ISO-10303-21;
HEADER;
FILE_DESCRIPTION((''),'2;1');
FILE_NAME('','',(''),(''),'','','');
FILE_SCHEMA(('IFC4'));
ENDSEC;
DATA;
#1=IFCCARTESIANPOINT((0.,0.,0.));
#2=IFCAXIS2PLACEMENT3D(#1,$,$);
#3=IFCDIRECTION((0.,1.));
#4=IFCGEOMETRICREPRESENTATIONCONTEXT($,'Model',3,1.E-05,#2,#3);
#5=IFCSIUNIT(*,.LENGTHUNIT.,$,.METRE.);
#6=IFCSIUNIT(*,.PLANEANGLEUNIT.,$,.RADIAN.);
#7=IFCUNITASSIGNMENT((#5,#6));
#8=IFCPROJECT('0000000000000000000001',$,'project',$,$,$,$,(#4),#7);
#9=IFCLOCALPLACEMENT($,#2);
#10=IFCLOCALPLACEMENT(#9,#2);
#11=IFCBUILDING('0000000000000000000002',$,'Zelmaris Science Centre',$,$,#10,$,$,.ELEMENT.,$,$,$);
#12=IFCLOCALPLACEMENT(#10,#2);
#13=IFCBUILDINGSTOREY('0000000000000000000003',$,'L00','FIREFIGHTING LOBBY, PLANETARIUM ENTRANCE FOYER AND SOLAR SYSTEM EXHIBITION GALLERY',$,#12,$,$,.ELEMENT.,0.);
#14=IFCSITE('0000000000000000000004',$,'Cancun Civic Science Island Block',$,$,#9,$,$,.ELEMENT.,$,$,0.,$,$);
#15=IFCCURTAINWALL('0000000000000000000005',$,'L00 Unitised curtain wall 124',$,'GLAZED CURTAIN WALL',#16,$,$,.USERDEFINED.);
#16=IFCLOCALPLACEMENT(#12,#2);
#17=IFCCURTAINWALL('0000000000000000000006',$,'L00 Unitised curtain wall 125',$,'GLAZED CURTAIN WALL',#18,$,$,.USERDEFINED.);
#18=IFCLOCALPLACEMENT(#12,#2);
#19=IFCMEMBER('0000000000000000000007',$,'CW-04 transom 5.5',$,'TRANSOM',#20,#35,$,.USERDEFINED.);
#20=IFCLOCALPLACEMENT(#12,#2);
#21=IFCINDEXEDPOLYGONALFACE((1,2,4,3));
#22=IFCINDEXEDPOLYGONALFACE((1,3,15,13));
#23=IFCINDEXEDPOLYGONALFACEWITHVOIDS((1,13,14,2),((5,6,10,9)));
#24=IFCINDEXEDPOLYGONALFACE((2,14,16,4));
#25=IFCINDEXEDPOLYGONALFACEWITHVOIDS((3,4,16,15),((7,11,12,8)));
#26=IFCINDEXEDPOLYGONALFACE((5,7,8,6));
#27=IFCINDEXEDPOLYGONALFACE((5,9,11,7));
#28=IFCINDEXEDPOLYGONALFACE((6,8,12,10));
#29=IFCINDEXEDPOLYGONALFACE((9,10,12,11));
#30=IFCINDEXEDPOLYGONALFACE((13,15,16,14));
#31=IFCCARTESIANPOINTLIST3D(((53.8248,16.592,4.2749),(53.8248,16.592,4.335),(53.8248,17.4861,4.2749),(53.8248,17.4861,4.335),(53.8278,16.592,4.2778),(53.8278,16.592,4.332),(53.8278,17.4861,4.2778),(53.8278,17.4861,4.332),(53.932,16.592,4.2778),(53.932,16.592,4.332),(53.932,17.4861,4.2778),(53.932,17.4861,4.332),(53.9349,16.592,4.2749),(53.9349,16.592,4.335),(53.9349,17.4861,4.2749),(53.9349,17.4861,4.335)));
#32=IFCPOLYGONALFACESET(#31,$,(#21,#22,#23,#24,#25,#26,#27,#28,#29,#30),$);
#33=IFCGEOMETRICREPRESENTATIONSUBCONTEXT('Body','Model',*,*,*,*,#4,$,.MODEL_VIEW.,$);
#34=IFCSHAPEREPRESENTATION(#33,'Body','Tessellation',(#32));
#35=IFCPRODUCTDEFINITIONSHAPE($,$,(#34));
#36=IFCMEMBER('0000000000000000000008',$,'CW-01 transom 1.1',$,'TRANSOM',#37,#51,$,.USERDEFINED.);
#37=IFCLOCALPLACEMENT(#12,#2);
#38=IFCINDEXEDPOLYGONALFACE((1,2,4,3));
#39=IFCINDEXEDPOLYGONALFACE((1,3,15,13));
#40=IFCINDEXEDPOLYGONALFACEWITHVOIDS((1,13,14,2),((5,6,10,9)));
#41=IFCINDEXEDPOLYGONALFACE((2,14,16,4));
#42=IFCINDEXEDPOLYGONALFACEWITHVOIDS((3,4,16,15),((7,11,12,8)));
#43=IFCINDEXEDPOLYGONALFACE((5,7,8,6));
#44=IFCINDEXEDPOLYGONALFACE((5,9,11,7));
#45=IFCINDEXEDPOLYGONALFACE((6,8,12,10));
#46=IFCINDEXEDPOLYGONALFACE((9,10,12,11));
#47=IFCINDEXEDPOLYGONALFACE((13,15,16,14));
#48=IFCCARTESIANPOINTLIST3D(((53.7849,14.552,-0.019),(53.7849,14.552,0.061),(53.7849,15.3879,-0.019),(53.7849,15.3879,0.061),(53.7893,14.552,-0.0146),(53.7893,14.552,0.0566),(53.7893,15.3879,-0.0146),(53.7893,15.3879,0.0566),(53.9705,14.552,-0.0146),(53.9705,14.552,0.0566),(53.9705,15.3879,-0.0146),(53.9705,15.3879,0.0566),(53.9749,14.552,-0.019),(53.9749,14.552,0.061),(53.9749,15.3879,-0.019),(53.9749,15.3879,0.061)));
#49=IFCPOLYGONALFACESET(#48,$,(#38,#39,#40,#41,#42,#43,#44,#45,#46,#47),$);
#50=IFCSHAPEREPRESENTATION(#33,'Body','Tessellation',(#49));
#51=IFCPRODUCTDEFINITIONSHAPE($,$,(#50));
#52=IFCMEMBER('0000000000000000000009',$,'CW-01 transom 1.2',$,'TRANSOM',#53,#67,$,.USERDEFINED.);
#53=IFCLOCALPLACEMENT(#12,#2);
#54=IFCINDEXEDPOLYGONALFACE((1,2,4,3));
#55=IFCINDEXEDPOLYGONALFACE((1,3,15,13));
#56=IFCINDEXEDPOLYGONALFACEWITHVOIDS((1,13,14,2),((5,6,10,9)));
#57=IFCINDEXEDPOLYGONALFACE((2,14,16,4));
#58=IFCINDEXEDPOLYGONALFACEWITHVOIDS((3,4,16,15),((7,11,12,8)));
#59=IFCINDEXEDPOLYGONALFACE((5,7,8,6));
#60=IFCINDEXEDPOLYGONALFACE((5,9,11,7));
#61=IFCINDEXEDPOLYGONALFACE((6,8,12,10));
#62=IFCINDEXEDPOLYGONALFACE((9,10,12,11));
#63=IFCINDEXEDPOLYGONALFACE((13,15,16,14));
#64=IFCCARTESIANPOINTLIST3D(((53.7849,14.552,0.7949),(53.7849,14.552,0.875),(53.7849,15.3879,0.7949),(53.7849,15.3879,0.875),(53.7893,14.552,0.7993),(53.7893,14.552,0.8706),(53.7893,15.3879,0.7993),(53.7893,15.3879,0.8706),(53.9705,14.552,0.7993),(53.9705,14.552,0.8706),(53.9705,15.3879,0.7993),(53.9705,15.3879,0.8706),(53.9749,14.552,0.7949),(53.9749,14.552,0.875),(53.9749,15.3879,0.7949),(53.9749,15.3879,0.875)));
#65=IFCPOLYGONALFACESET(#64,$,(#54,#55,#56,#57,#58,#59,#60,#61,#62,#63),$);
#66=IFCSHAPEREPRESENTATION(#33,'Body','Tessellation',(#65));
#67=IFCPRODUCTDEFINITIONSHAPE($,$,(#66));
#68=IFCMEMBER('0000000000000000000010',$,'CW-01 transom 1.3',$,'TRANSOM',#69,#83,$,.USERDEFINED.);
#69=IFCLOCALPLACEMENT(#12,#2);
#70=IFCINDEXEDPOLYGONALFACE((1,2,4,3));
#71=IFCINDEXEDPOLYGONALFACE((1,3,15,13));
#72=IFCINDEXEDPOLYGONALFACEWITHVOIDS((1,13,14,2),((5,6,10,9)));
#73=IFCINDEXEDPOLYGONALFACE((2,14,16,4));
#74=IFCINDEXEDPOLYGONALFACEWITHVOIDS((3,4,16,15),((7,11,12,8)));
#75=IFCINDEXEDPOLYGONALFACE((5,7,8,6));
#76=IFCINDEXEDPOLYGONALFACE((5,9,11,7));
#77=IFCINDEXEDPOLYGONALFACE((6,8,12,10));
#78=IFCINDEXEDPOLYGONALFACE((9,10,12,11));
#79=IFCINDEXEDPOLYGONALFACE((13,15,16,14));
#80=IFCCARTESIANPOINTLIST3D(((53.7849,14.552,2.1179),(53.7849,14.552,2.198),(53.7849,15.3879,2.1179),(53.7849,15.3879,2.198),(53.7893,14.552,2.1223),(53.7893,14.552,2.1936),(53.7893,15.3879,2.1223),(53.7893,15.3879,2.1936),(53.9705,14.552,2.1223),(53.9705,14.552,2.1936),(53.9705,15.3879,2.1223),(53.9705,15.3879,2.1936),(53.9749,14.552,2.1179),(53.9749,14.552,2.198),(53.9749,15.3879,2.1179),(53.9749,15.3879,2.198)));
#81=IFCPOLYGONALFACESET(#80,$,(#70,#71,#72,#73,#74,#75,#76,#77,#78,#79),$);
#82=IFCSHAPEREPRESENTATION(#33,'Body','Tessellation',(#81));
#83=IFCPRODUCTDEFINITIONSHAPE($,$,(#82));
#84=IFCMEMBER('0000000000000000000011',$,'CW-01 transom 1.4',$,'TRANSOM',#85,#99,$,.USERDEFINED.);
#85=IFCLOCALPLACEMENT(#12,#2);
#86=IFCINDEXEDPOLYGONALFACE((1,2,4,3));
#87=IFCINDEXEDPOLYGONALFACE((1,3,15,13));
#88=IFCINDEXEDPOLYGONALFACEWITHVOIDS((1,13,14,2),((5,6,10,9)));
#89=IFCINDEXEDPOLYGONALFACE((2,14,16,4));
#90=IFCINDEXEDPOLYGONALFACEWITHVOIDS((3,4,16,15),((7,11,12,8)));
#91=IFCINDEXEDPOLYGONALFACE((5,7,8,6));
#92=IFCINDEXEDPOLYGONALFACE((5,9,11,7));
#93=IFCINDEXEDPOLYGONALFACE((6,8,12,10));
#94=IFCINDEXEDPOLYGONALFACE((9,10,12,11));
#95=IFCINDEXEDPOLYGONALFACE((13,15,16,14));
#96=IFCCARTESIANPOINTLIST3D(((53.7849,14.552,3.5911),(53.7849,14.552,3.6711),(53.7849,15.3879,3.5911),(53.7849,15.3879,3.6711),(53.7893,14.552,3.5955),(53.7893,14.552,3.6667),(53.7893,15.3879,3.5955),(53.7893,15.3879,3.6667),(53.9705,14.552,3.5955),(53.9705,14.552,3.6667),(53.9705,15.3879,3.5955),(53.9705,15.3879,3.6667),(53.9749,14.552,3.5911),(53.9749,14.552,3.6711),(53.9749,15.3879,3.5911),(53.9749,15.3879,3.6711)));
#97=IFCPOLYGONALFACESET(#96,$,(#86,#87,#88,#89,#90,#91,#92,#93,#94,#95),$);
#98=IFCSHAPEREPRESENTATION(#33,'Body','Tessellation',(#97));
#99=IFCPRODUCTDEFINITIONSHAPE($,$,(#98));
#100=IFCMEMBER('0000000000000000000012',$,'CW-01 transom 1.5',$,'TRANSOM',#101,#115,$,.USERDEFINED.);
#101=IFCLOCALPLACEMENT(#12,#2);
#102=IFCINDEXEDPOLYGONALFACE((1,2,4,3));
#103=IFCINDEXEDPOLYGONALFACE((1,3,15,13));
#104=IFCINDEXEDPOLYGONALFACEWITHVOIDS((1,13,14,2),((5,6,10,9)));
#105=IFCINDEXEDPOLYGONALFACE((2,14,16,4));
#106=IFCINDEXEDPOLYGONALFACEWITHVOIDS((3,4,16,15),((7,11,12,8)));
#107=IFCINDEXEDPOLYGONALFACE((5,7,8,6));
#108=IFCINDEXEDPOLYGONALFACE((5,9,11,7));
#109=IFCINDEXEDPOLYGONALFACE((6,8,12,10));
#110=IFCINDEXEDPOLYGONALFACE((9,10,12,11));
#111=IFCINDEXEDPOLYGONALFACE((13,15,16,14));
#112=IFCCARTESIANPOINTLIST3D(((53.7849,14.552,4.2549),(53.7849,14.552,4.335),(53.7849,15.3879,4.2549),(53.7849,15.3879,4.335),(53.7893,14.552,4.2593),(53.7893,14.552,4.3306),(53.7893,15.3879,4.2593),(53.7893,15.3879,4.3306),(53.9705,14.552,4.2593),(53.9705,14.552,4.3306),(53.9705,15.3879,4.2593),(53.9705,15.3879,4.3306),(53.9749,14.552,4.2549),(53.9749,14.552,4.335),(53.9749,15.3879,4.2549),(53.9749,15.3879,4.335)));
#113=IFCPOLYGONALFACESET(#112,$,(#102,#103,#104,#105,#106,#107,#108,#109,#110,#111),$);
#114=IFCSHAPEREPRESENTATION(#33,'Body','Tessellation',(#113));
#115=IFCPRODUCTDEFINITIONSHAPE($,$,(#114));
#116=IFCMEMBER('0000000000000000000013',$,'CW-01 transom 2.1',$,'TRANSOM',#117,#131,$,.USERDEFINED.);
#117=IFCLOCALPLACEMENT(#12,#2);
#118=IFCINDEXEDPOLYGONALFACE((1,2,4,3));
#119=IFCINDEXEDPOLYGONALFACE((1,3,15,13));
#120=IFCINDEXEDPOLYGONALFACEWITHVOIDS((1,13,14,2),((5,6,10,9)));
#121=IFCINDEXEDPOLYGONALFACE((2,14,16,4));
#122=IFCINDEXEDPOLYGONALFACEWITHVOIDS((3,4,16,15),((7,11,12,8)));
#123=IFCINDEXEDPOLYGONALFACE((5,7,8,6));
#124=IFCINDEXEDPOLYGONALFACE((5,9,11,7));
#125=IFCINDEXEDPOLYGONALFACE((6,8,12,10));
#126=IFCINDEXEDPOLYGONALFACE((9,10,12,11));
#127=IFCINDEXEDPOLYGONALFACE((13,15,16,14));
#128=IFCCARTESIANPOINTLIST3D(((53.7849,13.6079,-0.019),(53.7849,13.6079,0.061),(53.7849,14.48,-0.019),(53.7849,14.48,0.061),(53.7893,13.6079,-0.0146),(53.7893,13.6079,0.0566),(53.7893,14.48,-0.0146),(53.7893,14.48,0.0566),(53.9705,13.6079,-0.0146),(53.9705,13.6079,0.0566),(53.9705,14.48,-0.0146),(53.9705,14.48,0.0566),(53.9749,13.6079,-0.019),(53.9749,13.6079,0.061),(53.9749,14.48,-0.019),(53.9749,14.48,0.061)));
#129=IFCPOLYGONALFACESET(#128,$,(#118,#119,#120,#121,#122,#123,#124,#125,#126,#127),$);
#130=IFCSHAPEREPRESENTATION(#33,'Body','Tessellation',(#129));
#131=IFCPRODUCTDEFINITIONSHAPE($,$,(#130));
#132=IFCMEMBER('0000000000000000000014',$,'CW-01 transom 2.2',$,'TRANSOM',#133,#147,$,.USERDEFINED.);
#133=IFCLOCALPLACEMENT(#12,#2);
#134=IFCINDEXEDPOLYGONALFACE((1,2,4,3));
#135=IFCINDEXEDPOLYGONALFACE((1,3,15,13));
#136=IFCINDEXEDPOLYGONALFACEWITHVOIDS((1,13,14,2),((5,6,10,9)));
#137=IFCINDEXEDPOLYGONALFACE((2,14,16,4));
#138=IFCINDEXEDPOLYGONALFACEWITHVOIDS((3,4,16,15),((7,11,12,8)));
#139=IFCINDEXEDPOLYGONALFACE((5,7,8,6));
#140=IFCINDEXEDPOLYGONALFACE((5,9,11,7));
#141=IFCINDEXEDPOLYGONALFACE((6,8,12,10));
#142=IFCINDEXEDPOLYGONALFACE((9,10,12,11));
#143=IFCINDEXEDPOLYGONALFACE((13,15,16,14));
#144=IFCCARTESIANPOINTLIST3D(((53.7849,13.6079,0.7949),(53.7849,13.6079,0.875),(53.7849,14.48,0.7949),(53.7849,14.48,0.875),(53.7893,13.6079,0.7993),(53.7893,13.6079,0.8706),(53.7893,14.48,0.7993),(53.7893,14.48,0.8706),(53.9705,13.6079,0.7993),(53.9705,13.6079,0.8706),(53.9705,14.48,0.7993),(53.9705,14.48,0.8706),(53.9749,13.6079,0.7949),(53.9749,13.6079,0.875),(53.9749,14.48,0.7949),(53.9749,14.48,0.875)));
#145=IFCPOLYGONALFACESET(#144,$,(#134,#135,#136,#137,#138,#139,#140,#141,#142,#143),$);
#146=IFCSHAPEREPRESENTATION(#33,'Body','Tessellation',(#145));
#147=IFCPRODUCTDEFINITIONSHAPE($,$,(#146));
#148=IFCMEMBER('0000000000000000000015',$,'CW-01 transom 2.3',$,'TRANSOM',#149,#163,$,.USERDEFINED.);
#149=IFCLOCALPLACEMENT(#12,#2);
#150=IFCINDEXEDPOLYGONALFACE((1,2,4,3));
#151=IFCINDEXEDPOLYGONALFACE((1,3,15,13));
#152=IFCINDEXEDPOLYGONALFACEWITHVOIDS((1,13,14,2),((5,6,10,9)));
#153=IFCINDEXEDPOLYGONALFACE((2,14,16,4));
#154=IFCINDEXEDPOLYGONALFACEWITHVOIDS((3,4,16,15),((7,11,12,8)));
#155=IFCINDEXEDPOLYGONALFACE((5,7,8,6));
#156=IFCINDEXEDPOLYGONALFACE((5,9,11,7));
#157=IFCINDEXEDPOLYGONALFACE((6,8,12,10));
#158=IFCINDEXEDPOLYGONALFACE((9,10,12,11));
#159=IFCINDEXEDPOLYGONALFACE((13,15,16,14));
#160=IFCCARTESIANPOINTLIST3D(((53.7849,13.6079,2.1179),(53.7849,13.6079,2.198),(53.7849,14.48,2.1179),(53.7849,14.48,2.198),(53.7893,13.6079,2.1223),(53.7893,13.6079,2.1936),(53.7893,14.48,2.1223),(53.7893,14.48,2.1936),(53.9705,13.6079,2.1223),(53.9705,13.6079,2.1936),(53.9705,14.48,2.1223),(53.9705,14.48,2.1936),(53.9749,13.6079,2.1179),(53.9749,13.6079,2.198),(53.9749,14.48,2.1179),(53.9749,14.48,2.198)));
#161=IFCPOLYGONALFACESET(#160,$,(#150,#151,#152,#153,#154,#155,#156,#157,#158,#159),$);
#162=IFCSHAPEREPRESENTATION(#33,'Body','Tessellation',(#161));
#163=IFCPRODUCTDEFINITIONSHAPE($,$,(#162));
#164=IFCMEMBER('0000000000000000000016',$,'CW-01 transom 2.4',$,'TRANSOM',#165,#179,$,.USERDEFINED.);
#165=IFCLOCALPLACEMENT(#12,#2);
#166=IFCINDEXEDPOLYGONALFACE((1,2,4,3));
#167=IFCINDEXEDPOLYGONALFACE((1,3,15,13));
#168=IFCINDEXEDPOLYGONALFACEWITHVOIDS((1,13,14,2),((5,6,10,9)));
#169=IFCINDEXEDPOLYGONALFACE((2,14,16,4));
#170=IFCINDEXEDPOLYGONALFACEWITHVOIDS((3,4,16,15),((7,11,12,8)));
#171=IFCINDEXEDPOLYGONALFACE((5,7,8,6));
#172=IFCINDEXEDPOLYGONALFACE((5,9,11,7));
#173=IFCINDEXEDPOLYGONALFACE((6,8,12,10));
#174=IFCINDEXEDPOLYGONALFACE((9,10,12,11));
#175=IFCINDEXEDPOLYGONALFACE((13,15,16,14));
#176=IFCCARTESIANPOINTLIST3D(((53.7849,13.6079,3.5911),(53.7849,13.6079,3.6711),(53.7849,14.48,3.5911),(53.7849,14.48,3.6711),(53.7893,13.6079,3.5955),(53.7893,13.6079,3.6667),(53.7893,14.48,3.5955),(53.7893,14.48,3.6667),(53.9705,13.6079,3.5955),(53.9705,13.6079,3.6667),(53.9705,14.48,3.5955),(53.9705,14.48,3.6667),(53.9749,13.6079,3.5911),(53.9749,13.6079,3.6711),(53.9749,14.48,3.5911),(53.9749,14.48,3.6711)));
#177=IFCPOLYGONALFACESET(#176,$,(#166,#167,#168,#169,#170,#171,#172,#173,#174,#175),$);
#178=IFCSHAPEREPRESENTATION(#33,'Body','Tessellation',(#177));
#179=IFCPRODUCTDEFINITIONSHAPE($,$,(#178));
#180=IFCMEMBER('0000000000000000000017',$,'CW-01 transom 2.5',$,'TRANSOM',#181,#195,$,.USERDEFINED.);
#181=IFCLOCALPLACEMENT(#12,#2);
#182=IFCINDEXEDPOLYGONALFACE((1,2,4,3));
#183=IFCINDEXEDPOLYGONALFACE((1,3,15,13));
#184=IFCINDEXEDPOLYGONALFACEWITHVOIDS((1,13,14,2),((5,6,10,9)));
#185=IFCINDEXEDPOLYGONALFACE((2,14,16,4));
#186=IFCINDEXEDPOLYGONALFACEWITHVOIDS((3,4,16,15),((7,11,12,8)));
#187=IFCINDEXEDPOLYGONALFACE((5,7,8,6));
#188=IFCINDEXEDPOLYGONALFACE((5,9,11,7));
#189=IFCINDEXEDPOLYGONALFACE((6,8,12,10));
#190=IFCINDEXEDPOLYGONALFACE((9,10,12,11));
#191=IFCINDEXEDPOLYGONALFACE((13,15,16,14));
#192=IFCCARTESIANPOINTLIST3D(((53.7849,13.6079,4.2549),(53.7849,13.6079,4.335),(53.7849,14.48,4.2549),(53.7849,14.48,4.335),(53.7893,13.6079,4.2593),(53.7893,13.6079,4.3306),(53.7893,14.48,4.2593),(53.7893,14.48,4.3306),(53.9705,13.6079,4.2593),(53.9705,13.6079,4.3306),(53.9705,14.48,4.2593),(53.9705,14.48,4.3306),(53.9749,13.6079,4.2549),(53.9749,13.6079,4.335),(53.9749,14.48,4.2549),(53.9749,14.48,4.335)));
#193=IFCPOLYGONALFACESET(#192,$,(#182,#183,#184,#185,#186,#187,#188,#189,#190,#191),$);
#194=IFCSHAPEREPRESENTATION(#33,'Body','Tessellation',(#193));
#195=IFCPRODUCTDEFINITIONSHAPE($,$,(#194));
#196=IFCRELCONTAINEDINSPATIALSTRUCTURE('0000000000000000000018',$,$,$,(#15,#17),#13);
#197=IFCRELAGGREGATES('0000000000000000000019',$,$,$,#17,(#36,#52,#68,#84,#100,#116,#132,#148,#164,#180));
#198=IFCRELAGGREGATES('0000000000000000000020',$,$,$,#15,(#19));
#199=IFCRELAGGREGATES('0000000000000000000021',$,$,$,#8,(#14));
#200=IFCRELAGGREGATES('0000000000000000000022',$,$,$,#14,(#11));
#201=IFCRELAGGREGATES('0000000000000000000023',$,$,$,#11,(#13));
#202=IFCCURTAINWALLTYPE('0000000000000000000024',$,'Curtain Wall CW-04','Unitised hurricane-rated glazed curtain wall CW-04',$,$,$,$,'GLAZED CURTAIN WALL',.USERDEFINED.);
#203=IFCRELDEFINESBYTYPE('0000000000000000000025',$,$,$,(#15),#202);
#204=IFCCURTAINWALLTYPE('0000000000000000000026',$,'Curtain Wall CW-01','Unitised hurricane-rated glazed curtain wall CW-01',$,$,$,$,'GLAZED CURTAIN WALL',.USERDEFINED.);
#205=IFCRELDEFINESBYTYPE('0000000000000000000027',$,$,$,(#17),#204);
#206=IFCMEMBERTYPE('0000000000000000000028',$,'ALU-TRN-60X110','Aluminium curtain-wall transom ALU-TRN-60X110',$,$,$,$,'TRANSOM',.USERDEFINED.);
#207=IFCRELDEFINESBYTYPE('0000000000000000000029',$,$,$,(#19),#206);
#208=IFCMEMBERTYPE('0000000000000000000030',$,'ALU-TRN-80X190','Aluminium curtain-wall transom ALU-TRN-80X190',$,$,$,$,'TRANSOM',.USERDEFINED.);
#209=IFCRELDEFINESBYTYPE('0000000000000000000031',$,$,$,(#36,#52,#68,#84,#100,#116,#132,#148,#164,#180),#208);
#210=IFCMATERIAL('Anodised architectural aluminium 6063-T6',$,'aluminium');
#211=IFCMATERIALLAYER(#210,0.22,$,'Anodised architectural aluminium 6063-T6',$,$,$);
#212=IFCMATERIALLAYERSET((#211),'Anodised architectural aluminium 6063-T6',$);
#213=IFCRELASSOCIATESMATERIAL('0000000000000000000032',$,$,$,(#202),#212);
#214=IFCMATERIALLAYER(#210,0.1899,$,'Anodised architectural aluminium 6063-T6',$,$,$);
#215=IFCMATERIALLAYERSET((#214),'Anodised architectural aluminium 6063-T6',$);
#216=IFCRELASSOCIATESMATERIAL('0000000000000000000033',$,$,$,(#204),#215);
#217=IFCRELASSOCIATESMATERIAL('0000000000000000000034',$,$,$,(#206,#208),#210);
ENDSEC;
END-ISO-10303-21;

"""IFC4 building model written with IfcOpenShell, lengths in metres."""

from ifc_helpers import new_model, si_unit, direction, frame, origin, origin_2d, place, context, subcontext, project, spatial, hollow_rectangle, extrude, material, layer, layer_set, material_profile, profile_set, type_object, element, aggregate, save


model = new_model("IFC4")

# Units and contexts
model_context = context("Model", 3, precision=1e-05, world=origin(), true_north=direction((0.0, 1.0)))
body_context = subcontext(model_context, "Body", "Model", "MODEL_VIEW")
ifc_project = project(units=[si_unit("LENGTHUNIT", "METRE"), si_unit("PLANEANGLEUNIT", "RADIAN")], contexts=[model_context])

# Site, building, storey
site_placement = place(None, origin())
site = spatial("IfcSite", under=ifc_project, at=site_placement, Name="Cancun Civic Science Island Block", CompositionType="ELEMENT", RefElevation=0.0)
building_placement = place(site_placement, origin())
building = spatial("IfcBuilding", under=site, at=building_placement, Name="Zelmaris Science Centre", CompositionType="ELEMENT")
storey_placement = place(building_placement, origin())
storey = spatial("IfcBuildingStorey", under=building, at=storey_placement, Name="L00", Description="FIREFIGHTING LOBBY, PLANETARIUM ENTRANCE FOYER AND SOLAR SYSTEM EXHIBITION GALLERY", CompositionType="ELEMENT", Elevation=0.0)

# Curtain wall
ifc_material_1 = material(Name="Anodised architectural aluminium 6063-T6", Category="aluminium")
ifc_layer_1 = layer(ifc_material_1, 0.22, Name="Anodised architectural aluminium 6063-T6")
ifc_layer_set_1 = layer_set([ifc_layer_1], Name="Anodised architectural aluminium 6063-T6")
curtain_wall_type_1 = type_object("IfcCurtainWallType", Name="Curtain Wall CW-04", Description="Unitised hurricane-rated glazed curtain wall CW-04", ElementType="GLAZED CURTAIN WALL", PredefinedType="USERDEFINED", material=ifc_layer_set_1)
curtain_wall_1_placement = place(storey_placement, origin())
curtain_wall_1 = element("IfcCurtainWall", 1, at=curtain_wall_1_placement, inside=storey, type_object=curtain_wall_type_1, Name="L00 Unitised curtain wall 124", ObjectType="GLAZED CURTAIN WALL", PredefinedType="USERDEFINED")

# Curtain wall
ifc_layer_2 = layer(ifc_material_1, 0.1899, Name="Anodised architectural aluminium 6063-T6")
ifc_layer_set_2 = layer_set([ifc_layer_2], Name="Anodised architectural aluminium 6063-T6")
curtain_wall_type_2 = type_object("IfcCurtainWallType", Name="Curtain Wall CW-01", Description="Unitised hurricane-rated glazed curtain wall CW-01", ElementType="GLAZED CURTAIN WALL", PredefinedType="USERDEFINED", material=ifc_layer_set_2)
curtain_wall_2_placement = place(storey_placement, origin())
curtain_wall_2 = element("IfcCurtainWall", 2, at=curtain_wall_2_placement, inside=storey, type_object=curtain_wall_type_2, Name="L00 Unitised curtain wall 125", ObjectType="GLAZED CURTAIN WALL", PredefinedType="USERDEFINED")

# Members
ifc_material_profile_1 = material_profile(ifc_material_1, hollow_rectangle(XDim=0.0601, YDim=0.1101, WallThickness=0.0029, at=origin_2d()), Name="ALU-TRN-60X110")
ifc_profile_set_1 = profile_set([ifc_material_profile_1], Name="Anodised architectural aluminium 6063-T6")
member_type_1 = type_object("IfcMemberType", Name="ALU-TRN-60X110", Description="Aluminium curtain-wall transom ALU-TRN-60X110", ElementType="TRANSOM", PredefinedType="USERDEFINED", material=ifc_profile_set_1)
member_1_placement = place(storey_placement, frame((53.8799, 17.4861, 4.3049), z_axis=(0.0, -1.0, 0.0), x_axis=(0.0, 0.0, 1.0)))
member_1 = element("IfcMember", 3, at=member_1_placement, type_object=member_type_1, Name="CW-04 transom 5.5", ObjectType="TRANSOM", PredefinedType="USERDEFINED", context=body_context, shape_type="SweptSolid", body=[
    extrude(hollow_rectangle(XDim=0.0601, YDim=0.1101, WallThickness=0.0029, at=origin_2d()), origin(), (0.0, 0.0, 1.0), 0.894),
])
ifc_material_profile_2 = material_profile(ifc_material_1, hollow_rectangle(XDim=0.0801, YDim=0.1899, WallThickness=0.0044, at=origin_2d()), Name="ALU-TRN-80X190")
ifc_profile_set_2 = profile_set([ifc_material_profile_2], Name="Anodised architectural aluminium 6063-T6")
member_type_2 = type_object("IfcMemberType", Name="ALU-TRN-80X190", Description="Aluminium curtain-wall transom ALU-TRN-80X190", ElementType="TRANSOM", PredefinedType="USERDEFINED", material=ifc_profile_set_2)
member_2_placement = place(storey_placement, frame((53.8799, 15.3879, 0.021), z_axis=(0.0, -1.0, 0.0), x_axis=(0.0, 0.0, 1.0)))
member_2 = element("IfcMember", 4, at=member_2_placement, type_object=member_type_2, Name="CW-01 transom 1.1", ObjectType="TRANSOM", PredefinedType="USERDEFINED", context=body_context, shape_type="SweptSolid", body=[
    extrude(hollow_rectangle(XDim=0.0801, YDim=0.1899, WallThickness=0.0044, at=origin_2d()), origin(), (0.0, 0.0, 1.0), 0.8359),
])
member_3_placement = place(storey_placement, frame((53.8799, 15.3879, 0.835), z_axis=(0.0, -1.0, 0.0), x_axis=(0.0, 0.0, 1.0)))
member_3 = element("IfcMember", 5, at=member_3_placement, type_object=member_type_2, Name="CW-01 transom 1.2", ObjectType="TRANSOM", PredefinedType="USERDEFINED", context=body_context, shape_type="SweptSolid", body=[
    extrude(hollow_rectangle(XDim=0.0801, YDim=0.1899, WallThickness=0.0044, at=origin_2d()), origin(), (0.0, 0.0, 1.0), 0.8359),
])
member_4_placement = place(storey_placement, frame((53.8799, 15.3879, 2.158), z_axis=(0.0, -1.0, 0.0), x_axis=(0.0, 0.0, 1.0)))
member_4 = element("IfcMember", 6, at=member_4_placement, type_object=member_type_2, Name="CW-01 transom 1.3", ObjectType="TRANSOM", PredefinedType="USERDEFINED", context=body_context, shape_type="SweptSolid", body=[
    extrude(hollow_rectangle(XDim=0.0801, YDim=0.1899, WallThickness=0.0044, at=origin_2d()), origin(), (0.0, 0.0, 1.0), 0.8359),
])
member_5_placement = place(storey_placement, frame((53.8799, 15.3879, 3.6311), z_axis=(0.0, -1.0, 0.0), x_axis=(0.0, 0.0, 1.0)))
member_5 = element("IfcMember", 7, at=member_5_placement, type_object=member_type_2, Name="CW-01 transom 1.4", ObjectType="TRANSOM", PredefinedType="USERDEFINED", context=body_context, shape_type="SweptSolid", body=[
    extrude(hollow_rectangle(XDim=0.0801, YDim=0.1899, WallThickness=0.0044, at=origin_2d()), origin(), (0.0, 0.0, 1.0), 0.8359),
])
member_6_placement = place(storey_placement, frame((53.8799, 15.3879, 4.2949), z_axis=(0.0, -1.0, 0.0), x_axis=(0.0, 0.0, 1.0)))
member_6 = element("IfcMember", 8, at=member_6_placement, type_object=member_type_2, Name="CW-01 transom 1.5", ObjectType="TRANSOM", PredefinedType="USERDEFINED", context=body_context, shape_type="SweptSolid", body=[
    extrude(hollow_rectangle(XDim=0.0801, YDim=0.1899, WallThickness=0.0044, at=origin_2d()), origin(), (0.0, 0.0, 1.0), 0.8359),
])
member_7_placement = place(storey_placement, frame((53.8799, 14.48, 0.021), z_axis=(0.0, -1.0, 0.0), x_axis=(0.0, 0.0, 1.0)))
member_7 = element("IfcMember", 9, at=member_7_placement, type_object=member_type_2, Name="CW-01 transom 2.1", ObjectType="TRANSOM", PredefinedType="USERDEFINED", context=body_context, shape_type="SweptSolid", body=[
    extrude(hollow_rectangle(XDim=0.0801, YDim=0.1899, WallThickness=0.0044, at=origin_2d()), origin(), (0.0, 0.0, 1.0), 0.8721),
])
member_8_placement = place(storey_placement, frame((53.8799, 14.48, 0.835), z_axis=(0.0, -1.0, 0.0), x_axis=(0.0, 0.0, 1.0)))
member_8 = element("IfcMember", 10, at=member_8_placement, type_object=member_type_2, Name="CW-01 transom 2.2", ObjectType="TRANSOM", PredefinedType="USERDEFINED", context=body_context, shape_type="SweptSolid", body=[
    extrude(hollow_rectangle(XDim=0.0801, YDim=0.1899, WallThickness=0.0044, at=origin_2d()), origin(), (0.0, 0.0, 1.0), 0.8721),
])
member_9_placement = place(storey_placement, frame((53.8799, 14.48, 2.158), z_axis=(0.0, -1.0, 0.0), x_axis=(0.0, 0.0, 1.0)))
member_9 = element("IfcMember", 11, at=member_9_placement, type_object=member_type_2, Name="CW-01 transom 2.3", ObjectType="TRANSOM", PredefinedType="USERDEFINED", context=body_context, shape_type="SweptSolid", body=[
    extrude(hollow_rectangle(XDim=0.0801, YDim=0.1899, WallThickness=0.0044, at=origin_2d()), origin(), (0.0, 0.0, 1.0), 0.8721),
])
member_10_placement = place(storey_placement, frame((53.8799, 14.48, 3.6311), z_axis=(0.0, -1.0, 0.0), x_axis=(0.0, 0.0, 1.0)))
member_10 = element("IfcMember", 12, at=member_10_placement, type_object=member_type_2, Name="CW-01 transom 2.4", ObjectType="TRANSOM", PredefinedType="USERDEFINED", context=body_context, shape_type="SweptSolid", body=[
    extrude(hollow_rectangle(XDim=0.0801, YDim=0.1899, WallThickness=0.0044, at=origin_2d()), origin(), (0.0, 0.0, 1.0), 0.8721),
])
member_11_placement = place(storey_placement, frame((53.8799, 14.48, 4.2949), z_axis=(0.0, -1.0, 0.0), x_axis=(0.0, 0.0, 1.0)))
member_11 = element("IfcMember", 13, at=member_11_placement, type_object=member_type_2, Name="CW-01 transom 2.5", ObjectType="TRANSOM", PredefinedType="USERDEFINED", context=body_context, shape_type="SweptSolid", body=[
    extrude(hollow_rectangle(XDim=0.0801, YDim=0.1899, WallThickness=0.0044, at=origin_2d()), origin(), (0.0, 0.0, 1.0), 0.8721),
])

aggregate(curtain_wall_2, [member_2, member_3, member_4, member_5, member_6, member_7, member_8, member_9, member_10, member_11])
aggregate(curtain_wall_1, [member_1])

save(model, "model.ifc")
